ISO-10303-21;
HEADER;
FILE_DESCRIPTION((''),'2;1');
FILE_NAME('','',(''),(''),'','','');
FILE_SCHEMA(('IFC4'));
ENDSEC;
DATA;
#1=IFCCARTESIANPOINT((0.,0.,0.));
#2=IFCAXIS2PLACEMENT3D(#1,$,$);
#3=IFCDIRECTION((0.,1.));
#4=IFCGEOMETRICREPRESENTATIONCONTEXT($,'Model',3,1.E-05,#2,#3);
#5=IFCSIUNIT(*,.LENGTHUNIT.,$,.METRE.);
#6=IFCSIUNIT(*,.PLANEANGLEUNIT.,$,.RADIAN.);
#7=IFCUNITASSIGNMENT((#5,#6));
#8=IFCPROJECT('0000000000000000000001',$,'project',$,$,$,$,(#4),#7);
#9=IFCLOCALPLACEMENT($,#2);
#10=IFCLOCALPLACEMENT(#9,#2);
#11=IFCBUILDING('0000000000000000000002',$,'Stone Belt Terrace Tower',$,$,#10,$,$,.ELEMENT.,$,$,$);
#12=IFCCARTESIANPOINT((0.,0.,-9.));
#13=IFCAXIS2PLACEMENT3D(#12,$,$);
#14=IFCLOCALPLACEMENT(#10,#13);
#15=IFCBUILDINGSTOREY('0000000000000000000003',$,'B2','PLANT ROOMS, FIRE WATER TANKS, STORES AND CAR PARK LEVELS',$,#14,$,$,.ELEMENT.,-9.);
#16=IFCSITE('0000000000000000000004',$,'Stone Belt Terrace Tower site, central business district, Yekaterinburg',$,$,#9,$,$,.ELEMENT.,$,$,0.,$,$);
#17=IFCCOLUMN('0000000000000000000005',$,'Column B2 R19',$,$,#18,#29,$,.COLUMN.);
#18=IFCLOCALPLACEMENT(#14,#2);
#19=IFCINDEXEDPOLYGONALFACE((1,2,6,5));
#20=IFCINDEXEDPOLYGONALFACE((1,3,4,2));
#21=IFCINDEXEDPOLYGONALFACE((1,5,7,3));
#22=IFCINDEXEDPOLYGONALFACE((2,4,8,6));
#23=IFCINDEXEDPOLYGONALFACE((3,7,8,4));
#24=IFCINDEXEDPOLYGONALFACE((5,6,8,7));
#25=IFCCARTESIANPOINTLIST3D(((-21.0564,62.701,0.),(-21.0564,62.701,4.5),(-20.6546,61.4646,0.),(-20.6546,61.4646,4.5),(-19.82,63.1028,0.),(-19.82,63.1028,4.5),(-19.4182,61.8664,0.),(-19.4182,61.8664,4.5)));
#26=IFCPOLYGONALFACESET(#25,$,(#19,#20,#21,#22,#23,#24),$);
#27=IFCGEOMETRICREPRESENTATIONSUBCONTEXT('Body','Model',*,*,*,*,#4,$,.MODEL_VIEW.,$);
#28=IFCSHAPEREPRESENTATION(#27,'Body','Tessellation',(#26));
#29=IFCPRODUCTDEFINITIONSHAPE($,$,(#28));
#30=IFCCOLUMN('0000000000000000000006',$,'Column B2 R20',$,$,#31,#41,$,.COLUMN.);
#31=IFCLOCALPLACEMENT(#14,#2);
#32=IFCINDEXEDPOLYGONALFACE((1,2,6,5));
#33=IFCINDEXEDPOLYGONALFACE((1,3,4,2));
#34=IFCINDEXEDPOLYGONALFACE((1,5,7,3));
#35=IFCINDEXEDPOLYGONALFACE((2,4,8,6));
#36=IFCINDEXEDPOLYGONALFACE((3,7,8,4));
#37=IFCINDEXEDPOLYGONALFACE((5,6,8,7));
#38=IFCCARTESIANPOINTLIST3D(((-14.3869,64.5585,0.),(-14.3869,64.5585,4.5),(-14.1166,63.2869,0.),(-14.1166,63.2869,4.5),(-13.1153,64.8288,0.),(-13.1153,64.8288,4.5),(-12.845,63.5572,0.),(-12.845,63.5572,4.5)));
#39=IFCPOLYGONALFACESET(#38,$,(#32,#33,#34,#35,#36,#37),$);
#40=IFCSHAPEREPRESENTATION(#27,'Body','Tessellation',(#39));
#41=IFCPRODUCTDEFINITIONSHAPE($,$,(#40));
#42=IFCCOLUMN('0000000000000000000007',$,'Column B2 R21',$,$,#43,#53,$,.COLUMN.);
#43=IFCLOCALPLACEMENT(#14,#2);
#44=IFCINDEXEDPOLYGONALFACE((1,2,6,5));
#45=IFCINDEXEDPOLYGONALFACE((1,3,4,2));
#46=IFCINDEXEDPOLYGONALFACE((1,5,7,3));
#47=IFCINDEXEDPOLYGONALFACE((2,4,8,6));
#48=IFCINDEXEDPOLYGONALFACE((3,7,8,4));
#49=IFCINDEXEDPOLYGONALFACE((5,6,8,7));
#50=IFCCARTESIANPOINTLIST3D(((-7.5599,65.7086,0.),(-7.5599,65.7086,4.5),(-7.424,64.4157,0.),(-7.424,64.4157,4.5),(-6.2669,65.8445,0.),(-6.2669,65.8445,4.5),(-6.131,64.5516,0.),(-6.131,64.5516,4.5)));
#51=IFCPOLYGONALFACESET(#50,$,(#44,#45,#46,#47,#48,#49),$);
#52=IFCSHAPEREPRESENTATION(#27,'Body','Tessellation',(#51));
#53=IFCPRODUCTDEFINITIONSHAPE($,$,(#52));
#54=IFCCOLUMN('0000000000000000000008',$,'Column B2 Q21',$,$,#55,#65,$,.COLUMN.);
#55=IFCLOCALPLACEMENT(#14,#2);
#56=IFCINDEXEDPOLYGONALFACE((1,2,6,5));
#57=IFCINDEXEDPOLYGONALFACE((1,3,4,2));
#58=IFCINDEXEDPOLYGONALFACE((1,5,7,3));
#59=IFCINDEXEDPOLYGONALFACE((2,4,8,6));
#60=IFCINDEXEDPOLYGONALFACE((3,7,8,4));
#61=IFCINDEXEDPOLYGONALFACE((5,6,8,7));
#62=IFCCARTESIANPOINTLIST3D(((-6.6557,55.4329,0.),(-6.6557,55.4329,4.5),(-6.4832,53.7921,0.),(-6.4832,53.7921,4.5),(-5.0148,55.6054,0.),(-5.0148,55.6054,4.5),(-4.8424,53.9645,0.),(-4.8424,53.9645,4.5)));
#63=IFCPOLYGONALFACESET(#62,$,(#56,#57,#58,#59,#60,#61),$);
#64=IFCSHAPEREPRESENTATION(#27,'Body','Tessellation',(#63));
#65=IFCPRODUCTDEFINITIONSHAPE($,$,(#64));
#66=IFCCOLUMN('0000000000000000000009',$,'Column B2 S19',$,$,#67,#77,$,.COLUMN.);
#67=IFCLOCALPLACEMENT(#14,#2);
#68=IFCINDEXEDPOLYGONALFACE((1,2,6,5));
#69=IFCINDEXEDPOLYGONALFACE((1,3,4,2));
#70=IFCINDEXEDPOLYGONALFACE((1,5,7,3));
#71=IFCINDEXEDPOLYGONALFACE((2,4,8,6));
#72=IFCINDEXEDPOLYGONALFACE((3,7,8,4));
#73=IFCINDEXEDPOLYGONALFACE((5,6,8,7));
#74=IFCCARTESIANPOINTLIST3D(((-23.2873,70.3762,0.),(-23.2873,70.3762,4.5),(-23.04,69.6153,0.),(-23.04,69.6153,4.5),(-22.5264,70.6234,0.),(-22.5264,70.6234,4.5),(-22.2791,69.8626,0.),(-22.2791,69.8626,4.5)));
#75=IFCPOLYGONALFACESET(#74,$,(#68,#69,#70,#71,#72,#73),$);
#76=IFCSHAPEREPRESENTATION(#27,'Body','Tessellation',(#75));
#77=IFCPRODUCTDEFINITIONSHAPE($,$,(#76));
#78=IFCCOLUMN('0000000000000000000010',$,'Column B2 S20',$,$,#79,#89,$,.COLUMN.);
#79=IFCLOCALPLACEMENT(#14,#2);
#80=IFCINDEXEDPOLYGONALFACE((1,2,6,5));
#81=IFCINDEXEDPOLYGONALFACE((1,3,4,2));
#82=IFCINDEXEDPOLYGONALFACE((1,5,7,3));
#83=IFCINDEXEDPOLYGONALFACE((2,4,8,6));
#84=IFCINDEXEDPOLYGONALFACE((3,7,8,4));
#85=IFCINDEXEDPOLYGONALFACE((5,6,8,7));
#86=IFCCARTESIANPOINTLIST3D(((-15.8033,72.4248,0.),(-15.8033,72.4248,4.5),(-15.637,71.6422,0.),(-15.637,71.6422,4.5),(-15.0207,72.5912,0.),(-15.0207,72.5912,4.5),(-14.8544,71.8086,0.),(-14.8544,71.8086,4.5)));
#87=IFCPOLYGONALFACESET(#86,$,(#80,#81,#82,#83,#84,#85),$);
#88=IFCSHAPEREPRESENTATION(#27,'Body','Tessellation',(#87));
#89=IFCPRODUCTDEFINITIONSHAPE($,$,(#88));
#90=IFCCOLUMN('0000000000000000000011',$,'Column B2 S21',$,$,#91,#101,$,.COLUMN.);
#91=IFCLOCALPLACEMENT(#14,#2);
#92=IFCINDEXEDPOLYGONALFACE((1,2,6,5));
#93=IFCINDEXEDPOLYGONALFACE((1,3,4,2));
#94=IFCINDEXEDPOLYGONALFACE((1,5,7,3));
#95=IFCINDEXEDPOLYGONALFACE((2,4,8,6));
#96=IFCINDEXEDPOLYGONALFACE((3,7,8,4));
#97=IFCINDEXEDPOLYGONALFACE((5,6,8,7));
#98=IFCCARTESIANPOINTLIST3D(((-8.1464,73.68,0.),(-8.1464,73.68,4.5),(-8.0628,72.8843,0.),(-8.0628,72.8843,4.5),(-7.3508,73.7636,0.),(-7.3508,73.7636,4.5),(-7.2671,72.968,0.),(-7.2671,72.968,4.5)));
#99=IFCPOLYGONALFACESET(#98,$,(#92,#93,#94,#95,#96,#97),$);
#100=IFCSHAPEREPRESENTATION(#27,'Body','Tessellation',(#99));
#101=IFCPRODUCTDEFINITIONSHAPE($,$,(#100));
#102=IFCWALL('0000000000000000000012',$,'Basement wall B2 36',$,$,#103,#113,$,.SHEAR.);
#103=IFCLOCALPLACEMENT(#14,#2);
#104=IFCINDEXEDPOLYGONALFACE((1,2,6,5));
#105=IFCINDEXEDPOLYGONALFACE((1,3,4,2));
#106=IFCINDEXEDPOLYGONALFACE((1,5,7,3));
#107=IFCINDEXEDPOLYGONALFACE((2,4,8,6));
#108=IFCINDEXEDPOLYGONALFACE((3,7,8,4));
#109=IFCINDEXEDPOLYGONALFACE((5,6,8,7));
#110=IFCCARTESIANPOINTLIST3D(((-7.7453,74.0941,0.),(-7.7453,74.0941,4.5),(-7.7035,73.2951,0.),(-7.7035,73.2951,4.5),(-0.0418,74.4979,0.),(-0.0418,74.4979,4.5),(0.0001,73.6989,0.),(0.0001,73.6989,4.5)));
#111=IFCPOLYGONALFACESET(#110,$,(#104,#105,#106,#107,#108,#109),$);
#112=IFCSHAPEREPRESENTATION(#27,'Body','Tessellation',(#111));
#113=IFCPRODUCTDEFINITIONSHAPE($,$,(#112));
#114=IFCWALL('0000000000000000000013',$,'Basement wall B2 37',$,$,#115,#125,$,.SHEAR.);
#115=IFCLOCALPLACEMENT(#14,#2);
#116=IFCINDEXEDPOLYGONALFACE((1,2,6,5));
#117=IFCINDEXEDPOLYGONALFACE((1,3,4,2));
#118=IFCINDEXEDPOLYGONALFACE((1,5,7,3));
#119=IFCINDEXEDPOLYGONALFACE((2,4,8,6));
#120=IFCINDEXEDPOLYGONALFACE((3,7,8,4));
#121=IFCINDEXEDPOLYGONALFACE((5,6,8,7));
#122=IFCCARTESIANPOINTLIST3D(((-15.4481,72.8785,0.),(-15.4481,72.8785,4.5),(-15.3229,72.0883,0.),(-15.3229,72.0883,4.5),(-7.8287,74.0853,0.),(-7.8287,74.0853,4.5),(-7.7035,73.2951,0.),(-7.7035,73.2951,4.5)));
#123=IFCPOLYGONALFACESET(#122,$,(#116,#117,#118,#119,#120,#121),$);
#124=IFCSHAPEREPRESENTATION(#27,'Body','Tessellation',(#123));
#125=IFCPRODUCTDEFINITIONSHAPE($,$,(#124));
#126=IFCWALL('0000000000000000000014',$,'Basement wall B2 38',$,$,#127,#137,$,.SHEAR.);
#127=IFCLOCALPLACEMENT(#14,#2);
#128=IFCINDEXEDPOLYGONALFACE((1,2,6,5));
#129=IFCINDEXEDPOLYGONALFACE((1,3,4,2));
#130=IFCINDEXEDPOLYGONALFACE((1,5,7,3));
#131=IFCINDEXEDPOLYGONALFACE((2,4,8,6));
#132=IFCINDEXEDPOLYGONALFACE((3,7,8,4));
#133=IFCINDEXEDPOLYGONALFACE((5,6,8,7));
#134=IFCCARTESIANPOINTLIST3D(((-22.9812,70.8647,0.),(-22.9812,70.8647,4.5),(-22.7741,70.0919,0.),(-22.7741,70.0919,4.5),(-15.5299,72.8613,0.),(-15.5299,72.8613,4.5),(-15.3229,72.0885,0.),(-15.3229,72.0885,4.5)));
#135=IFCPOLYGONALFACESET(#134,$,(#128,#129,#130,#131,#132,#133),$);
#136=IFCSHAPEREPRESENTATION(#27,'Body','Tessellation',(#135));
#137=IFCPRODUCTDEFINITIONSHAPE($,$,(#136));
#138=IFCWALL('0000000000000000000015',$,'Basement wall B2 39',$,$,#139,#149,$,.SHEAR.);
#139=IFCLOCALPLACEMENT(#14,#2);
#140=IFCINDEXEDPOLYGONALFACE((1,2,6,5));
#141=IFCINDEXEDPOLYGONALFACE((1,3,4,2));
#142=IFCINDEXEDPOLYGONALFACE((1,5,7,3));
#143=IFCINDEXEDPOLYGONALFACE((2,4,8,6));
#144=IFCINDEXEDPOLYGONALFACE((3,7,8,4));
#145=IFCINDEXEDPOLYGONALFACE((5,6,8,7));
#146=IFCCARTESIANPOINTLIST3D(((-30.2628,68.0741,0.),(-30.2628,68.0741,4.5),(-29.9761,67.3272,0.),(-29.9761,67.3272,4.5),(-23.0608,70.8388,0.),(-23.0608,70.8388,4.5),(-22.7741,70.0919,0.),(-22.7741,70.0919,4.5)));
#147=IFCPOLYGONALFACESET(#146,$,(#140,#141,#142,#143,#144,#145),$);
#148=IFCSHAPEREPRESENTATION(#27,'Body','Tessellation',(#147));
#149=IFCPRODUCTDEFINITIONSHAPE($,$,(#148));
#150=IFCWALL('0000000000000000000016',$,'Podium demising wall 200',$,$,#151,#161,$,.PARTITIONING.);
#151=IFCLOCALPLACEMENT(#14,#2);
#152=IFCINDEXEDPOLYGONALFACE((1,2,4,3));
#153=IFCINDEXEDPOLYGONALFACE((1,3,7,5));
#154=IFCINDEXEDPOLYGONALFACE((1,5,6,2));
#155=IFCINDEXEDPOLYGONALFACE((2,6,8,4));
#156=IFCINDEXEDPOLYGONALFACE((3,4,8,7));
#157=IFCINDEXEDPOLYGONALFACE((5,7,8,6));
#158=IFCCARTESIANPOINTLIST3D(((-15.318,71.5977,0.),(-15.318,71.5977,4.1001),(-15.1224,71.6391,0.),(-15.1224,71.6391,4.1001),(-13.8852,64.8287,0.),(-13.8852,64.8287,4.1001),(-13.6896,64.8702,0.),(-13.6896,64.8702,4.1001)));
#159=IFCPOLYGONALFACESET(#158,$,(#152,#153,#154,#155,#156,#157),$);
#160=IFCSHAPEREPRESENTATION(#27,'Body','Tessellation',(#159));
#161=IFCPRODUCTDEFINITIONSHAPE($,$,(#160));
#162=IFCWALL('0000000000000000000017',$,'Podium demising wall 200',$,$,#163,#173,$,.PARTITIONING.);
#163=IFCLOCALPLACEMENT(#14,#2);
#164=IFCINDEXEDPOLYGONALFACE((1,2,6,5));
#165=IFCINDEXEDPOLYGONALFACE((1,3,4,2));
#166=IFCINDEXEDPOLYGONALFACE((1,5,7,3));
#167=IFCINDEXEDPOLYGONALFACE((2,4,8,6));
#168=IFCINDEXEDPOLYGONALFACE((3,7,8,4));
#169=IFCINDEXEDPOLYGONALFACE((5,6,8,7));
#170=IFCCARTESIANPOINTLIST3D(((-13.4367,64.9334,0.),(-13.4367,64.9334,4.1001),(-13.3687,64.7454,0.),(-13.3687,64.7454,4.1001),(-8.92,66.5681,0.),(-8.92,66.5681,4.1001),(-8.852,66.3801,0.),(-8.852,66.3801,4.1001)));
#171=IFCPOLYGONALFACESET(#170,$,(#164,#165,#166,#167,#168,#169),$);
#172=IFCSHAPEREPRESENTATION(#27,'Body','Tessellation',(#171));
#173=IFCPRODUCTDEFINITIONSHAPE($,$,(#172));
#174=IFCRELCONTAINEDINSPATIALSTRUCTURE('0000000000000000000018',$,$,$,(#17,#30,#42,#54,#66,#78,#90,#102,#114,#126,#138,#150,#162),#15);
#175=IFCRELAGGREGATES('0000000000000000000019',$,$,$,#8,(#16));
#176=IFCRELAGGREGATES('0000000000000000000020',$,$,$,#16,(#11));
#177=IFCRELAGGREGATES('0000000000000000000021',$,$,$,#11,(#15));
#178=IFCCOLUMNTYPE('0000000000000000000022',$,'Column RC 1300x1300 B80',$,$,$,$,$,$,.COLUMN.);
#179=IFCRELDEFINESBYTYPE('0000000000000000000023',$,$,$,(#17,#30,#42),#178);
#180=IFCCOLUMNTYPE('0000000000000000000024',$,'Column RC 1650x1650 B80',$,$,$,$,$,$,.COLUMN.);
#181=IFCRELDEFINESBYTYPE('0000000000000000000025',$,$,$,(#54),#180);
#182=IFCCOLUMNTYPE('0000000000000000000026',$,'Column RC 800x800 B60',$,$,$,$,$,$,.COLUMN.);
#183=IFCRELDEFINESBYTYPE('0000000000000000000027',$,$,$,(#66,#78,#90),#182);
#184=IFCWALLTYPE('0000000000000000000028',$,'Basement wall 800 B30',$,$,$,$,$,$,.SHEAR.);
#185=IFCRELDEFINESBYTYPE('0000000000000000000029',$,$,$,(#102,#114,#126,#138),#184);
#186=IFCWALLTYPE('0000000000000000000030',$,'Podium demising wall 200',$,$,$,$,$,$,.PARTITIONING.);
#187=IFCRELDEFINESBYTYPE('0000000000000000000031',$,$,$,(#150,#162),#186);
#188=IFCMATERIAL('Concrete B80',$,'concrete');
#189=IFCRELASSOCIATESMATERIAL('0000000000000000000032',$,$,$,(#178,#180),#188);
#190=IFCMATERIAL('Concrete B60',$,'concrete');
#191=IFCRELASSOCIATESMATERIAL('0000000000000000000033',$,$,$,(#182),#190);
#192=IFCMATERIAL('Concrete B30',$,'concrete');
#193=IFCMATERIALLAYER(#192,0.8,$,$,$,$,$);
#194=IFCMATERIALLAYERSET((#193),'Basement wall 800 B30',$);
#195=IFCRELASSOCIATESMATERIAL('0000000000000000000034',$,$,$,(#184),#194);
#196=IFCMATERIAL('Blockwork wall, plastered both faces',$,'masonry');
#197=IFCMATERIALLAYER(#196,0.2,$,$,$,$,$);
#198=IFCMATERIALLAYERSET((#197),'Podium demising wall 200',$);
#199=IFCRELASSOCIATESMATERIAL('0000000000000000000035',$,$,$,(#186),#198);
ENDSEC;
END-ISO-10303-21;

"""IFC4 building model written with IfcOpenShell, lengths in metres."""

from ifc_helpers import new_model, si_unit, direction, frame, frame_2d, origin, origin_2d, place, context, subcontext, project, spatial, rectangle, extrude, material, layer, layer_set, material_profile, profile_set, type_object, element, save


model = new_model("IFC4")

# Units and contexts
model_context = context("Model", 3, precision=1e-05, world=origin(), true_north=direction((0.0, 1.0)))
body_context = subcontext(model_context, "Body", "Model", "MODEL_VIEW")
ifc_project = project(units=[si_unit("LENGTHUNIT", "METRE"), si_unit("PLANEANGLEUNIT", "RADIAN")], contexts=[model_context])

# Site, building, storey
site_placement = place(None, origin())
site = spatial("IfcSite", under=ifc_project, at=site_placement, Name="Stone Belt Terrace Tower site, central business district, Yekaterinburg", CompositionType="ELEMENT", RefElevation=0.0)
building_placement = place(site_placement, origin())
building = spatial("IfcBuilding", under=site, at=building_placement, Name="Stone Belt Terrace Tower", CompositionType="ELEMENT")
storey_placement = place(building_placement, frame((0.0, 0.0, -9.0)))
storey = spatial("IfcBuildingStorey", under=building, at=storey_placement, Name="B2", Description="PLANT ROOMS, FIRE WATER TANKS, STORES AND CAR PARK LEVELS", CompositionType="ELEMENT", Elevation=-9.0)

# Columns
ifc_material_1 = material(Name="Concrete B80", Category="concrete")
ifc_material_profile_1 = material_profile(ifc_material_1, rectangle(XDim=1.3, YDim=1.3, at=origin_2d()), Name="RC 1300x1300")
ifc_profile_set_1 = profile_set([ifc_material_profile_1], Name="Concrete B80")
column_type_1 = type_object("IfcColumnType", Name="Column RC 1300x1300 B80", PredefinedType="COLUMN", material=ifc_profile_set_1)
for number, where, z_axis, x_axis, name in (
    (1, (-20.2373, 62.2837, 0.0), (0.0, 0.0, 1.0), (0.951057, 0.309017, 0.0), "Column B2 R19"),
    (2, (-13.616, 64.0579, 0.0), (0.0, 0.0, 1.0), (0.978148, 0.207912, 0.0), "Column B2 R20"),
    (3, (-6.8455, 65.1301, 0.0), (0.0, 0.0, 1.0), (0.994522, 0.104528, 0.0), "Column B2 R21"),
):
    element("IfcColumn", number, at=place(storey_placement, frame(where, z_axis=z_axis, x_axis=x_axis)), inside=storey, type_object=column_type_1, Name=name, PredefinedType="COLUMN", context=body_context, shape_type="SweptSolid", body=[
        extrude(rectangle(XDim=1.3, YDim=1.3, at=origin_2d()), origin(), (0.0, 0.0, 1.0), 4.5),
    ])
ifc_material_profile_2 = material_profile(ifc_material_1, rectangle(XDim=1.6499, YDim=1.6499, at=origin_2d()), Name="RC 1650x1650")
ifc_profile_set_2 = profile_set([ifc_material_profile_2], Name="Concrete B80")
column_type_2 = type_object("IfcColumnType", Name="Column RC 1650x1650 B80", PredefinedType="COLUMN", material=ifc_profile_set_2)
column_placement = place(storey_placement, frame((-5.749, 54.6987, 0.0), z_axis=(0.0, 0.0, 1.0), x_axis=(0.994522, 0.104528, 0.0)))
element("IfcColumn", 4, at=column_placement, inside=storey, type_object=column_type_2, Name="Column B2 Q21", PredefinedType="COLUMN", context=body_context, shape_type="SweptSolid", body=[
    extrude(rectangle(XDim=1.6499, YDim=1.6499, at=origin_2d()), origin(), (0.0, 0.0, 1.0), 4.5),
])
ifc_material_2 = material(Name="Concrete B60", Category="concrete")
ifc_material_profile_3 = material_profile(ifc_material_2, rectangle(XDim=0.8, YDim=0.8, at=origin_2d()), Name="RC 800x800")
ifc_profile_set_3 = profile_set([ifc_material_profile_3], Name="Concrete B60")
column_type_3 = type_object("IfcColumnType", Name="Column RC 800x800 B60", PredefinedType="COLUMN", material=ifc_profile_set_3)
for number, where, z_axis, x_axis, name in (
    (5, (-22.7832, 70.1194, 0.0), (0.0, 0.0, 1.0), (0.951057, 0.309017, 0.0), "Column B2 S19"),
    (6, (-15.3289, 72.1167, 0.0), (0.0, 0.0, 1.0), (0.978148, 0.207912, 0.0), "Column B2 S20"),
    (7, (-7.7068, 73.324, 0.0), (0.0, 0.0, 1.0), (0.994522, 0.104528, 0.0), "Column B2 S21"),
):
    element("IfcColumn", number, at=place(storey_placement, frame(where, z_axis=z_axis, x_axis=x_axis)), inside=storey, type_object=column_type_3, Name=name, PredefinedType="COLUMN", context=body_context, shape_type="SweptSolid", body=[
        extrude(rectangle(XDim=0.8, YDim=0.8, at=origin_2d()), origin(), (0.0, 0.0, 1.0), 4.5),
    ])

# Walls
ifc_material_3 = material(Name="Concrete B30", Category="concrete")
ifc_layer_1 = layer(ifc_material_3, 0.8)
ifc_layer_set_1 = layer_set([ifc_layer_1], Name="Basement wall 800 B30")
wall_type_1 = type_object("IfcWallType", Name="Basement wall 800 B30", PredefinedType="SHEAR", material=ifc_layer_set_1)
wall_1_placement = place(storey_placement, frame((-0.021, 74.0984, 0.0), z_axis=(0.0, 0.0, 1.0), x_axis=(-0.998629, -0.052346, 0.0)))
element("IfcWall", 8, at=wall_1_placement, inside=storey, type_object=wall_type_1, Name="Basement wall B2 36", PredefinedType="SHEAR", context=body_context, shape_type="SweptSolid", body=[
    extrude(rectangle(XDim=7.7141, YDim=0.8, at=frame_2d((3.8569, 0.0))), origin(), (0.0, 0.0, 1.0), 4.5),
])
wall_2_placement = place(storey_placement, frame((-7.7661, 73.6902, 0.0), z_axis=(0.0, 0.0, 1.0), x_axis=(-0.987688, -0.156434, 0.0)))
element("IfcWall", 9, at=wall_2_placement, inside=storey, type_object=wall_type_1, Name="Basement wall B2 37", PredefinedType="SHEAR", context=body_context, shape_type="SweptSolid", body=[
    extrude(rectangle(XDim=7.7144, YDim=0.8, at=frame_2d((3.8572, 0.0))), origin(), (0.0, 0.0, 1.0), 4.5),
])
wall_3_placement = place(storey_placement, frame((-15.4265, 72.4749, 0.0), z_axis=(0.0, 0.0, 1.0), x_axis=(-0.965924, -0.258825, 0.0)))
element("IfcWall", 10, at=wall_3_placement, inside=storey, type_object=wall_type_1, Name="Basement wall B2 38", PredefinedType="SHEAR", context=body_context, shape_type="SweptSolid", body=[
    extrude(rectangle(XDim=7.7141, YDim=0.8, at=frame_2d((3.8569, 0.0))), origin(), (0.0, 0.0, 1.0), 4.5),
])
wall_4_placement = place(storey_placement, frame((-22.9175, 70.4653, 0.0), z_axis=(0.0, 0.0, 1.0), x_axis=(-0.933576, -0.358379, 0.0)))
element("IfcWall", 11, at=wall_4_placement, inside=storey, type_object=wall_type_1, Name="Basement wall B2 39", PredefinedType="SHEAR", context=body_context, shape_type="SweptSolid", body=[
    extrude(rectangle(XDim=7.7144, YDim=0.8, at=frame_2d((3.8572, 0.0))), origin(), (0.0, 0.0, 1.0), 4.5),
])
ifc_material_4 = material(Name="Blockwork wall, plastered both faces", Category="masonry")
ifc_layer_2 = layer(ifc_material_4, 0.2)
ifc_layer_set_2 = layer_set([ifc_layer_2], Name="Podium demising wall 200")
wall_type_2 = type_object("IfcWallType", Name="Podium demising wall 200", PredefinedType="PARTITIONING", material=ifc_layer_set_2)
wall_5_placement = place(storey_placement, frame((-15.2202, 71.6184, 0.0), z_axis=(0.0, 0.0, 1.0), x_axis=(0.20709, -0.978322, 0.0)))
element("IfcWall", 12, at=wall_5_placement, inside=storey, type_object=wall_type_2, Name="Podium demising wall 200", PredefinedType="PARTITIONING", context=body_context, shape_type="SweptSolid", body=[
    extrude(rectangle(XDim=6.9189, YDim=0.2, at=frame_2d((3.4595, 0.0))), origin(), (0.0, 0.0, 1.0), 4.1001),
])
wall_6_placement = place(storey_placement, frame((-13.4028, 64.8394, 0.0), z_axis=(0.0, 0.0, 1.0), x_axis=(0.940309, 0.340323, 0.0)))
element("IfcWall", 13, at=wall_6_placement, inside=storey, type_object=wall_type_2, Name="Podium demising wall 200", PredefinedType="PARTITIONING", context=body_context, shape_type="SweptSolid", body=[
    extrude(rectangle(XDim=4.8035, YDim=0.2, at=frame_2d((2.4019, 0.0))), origin(), (0.0, 0.0, 1.0), 4.1001),
])

save(model, "model.ifc")
